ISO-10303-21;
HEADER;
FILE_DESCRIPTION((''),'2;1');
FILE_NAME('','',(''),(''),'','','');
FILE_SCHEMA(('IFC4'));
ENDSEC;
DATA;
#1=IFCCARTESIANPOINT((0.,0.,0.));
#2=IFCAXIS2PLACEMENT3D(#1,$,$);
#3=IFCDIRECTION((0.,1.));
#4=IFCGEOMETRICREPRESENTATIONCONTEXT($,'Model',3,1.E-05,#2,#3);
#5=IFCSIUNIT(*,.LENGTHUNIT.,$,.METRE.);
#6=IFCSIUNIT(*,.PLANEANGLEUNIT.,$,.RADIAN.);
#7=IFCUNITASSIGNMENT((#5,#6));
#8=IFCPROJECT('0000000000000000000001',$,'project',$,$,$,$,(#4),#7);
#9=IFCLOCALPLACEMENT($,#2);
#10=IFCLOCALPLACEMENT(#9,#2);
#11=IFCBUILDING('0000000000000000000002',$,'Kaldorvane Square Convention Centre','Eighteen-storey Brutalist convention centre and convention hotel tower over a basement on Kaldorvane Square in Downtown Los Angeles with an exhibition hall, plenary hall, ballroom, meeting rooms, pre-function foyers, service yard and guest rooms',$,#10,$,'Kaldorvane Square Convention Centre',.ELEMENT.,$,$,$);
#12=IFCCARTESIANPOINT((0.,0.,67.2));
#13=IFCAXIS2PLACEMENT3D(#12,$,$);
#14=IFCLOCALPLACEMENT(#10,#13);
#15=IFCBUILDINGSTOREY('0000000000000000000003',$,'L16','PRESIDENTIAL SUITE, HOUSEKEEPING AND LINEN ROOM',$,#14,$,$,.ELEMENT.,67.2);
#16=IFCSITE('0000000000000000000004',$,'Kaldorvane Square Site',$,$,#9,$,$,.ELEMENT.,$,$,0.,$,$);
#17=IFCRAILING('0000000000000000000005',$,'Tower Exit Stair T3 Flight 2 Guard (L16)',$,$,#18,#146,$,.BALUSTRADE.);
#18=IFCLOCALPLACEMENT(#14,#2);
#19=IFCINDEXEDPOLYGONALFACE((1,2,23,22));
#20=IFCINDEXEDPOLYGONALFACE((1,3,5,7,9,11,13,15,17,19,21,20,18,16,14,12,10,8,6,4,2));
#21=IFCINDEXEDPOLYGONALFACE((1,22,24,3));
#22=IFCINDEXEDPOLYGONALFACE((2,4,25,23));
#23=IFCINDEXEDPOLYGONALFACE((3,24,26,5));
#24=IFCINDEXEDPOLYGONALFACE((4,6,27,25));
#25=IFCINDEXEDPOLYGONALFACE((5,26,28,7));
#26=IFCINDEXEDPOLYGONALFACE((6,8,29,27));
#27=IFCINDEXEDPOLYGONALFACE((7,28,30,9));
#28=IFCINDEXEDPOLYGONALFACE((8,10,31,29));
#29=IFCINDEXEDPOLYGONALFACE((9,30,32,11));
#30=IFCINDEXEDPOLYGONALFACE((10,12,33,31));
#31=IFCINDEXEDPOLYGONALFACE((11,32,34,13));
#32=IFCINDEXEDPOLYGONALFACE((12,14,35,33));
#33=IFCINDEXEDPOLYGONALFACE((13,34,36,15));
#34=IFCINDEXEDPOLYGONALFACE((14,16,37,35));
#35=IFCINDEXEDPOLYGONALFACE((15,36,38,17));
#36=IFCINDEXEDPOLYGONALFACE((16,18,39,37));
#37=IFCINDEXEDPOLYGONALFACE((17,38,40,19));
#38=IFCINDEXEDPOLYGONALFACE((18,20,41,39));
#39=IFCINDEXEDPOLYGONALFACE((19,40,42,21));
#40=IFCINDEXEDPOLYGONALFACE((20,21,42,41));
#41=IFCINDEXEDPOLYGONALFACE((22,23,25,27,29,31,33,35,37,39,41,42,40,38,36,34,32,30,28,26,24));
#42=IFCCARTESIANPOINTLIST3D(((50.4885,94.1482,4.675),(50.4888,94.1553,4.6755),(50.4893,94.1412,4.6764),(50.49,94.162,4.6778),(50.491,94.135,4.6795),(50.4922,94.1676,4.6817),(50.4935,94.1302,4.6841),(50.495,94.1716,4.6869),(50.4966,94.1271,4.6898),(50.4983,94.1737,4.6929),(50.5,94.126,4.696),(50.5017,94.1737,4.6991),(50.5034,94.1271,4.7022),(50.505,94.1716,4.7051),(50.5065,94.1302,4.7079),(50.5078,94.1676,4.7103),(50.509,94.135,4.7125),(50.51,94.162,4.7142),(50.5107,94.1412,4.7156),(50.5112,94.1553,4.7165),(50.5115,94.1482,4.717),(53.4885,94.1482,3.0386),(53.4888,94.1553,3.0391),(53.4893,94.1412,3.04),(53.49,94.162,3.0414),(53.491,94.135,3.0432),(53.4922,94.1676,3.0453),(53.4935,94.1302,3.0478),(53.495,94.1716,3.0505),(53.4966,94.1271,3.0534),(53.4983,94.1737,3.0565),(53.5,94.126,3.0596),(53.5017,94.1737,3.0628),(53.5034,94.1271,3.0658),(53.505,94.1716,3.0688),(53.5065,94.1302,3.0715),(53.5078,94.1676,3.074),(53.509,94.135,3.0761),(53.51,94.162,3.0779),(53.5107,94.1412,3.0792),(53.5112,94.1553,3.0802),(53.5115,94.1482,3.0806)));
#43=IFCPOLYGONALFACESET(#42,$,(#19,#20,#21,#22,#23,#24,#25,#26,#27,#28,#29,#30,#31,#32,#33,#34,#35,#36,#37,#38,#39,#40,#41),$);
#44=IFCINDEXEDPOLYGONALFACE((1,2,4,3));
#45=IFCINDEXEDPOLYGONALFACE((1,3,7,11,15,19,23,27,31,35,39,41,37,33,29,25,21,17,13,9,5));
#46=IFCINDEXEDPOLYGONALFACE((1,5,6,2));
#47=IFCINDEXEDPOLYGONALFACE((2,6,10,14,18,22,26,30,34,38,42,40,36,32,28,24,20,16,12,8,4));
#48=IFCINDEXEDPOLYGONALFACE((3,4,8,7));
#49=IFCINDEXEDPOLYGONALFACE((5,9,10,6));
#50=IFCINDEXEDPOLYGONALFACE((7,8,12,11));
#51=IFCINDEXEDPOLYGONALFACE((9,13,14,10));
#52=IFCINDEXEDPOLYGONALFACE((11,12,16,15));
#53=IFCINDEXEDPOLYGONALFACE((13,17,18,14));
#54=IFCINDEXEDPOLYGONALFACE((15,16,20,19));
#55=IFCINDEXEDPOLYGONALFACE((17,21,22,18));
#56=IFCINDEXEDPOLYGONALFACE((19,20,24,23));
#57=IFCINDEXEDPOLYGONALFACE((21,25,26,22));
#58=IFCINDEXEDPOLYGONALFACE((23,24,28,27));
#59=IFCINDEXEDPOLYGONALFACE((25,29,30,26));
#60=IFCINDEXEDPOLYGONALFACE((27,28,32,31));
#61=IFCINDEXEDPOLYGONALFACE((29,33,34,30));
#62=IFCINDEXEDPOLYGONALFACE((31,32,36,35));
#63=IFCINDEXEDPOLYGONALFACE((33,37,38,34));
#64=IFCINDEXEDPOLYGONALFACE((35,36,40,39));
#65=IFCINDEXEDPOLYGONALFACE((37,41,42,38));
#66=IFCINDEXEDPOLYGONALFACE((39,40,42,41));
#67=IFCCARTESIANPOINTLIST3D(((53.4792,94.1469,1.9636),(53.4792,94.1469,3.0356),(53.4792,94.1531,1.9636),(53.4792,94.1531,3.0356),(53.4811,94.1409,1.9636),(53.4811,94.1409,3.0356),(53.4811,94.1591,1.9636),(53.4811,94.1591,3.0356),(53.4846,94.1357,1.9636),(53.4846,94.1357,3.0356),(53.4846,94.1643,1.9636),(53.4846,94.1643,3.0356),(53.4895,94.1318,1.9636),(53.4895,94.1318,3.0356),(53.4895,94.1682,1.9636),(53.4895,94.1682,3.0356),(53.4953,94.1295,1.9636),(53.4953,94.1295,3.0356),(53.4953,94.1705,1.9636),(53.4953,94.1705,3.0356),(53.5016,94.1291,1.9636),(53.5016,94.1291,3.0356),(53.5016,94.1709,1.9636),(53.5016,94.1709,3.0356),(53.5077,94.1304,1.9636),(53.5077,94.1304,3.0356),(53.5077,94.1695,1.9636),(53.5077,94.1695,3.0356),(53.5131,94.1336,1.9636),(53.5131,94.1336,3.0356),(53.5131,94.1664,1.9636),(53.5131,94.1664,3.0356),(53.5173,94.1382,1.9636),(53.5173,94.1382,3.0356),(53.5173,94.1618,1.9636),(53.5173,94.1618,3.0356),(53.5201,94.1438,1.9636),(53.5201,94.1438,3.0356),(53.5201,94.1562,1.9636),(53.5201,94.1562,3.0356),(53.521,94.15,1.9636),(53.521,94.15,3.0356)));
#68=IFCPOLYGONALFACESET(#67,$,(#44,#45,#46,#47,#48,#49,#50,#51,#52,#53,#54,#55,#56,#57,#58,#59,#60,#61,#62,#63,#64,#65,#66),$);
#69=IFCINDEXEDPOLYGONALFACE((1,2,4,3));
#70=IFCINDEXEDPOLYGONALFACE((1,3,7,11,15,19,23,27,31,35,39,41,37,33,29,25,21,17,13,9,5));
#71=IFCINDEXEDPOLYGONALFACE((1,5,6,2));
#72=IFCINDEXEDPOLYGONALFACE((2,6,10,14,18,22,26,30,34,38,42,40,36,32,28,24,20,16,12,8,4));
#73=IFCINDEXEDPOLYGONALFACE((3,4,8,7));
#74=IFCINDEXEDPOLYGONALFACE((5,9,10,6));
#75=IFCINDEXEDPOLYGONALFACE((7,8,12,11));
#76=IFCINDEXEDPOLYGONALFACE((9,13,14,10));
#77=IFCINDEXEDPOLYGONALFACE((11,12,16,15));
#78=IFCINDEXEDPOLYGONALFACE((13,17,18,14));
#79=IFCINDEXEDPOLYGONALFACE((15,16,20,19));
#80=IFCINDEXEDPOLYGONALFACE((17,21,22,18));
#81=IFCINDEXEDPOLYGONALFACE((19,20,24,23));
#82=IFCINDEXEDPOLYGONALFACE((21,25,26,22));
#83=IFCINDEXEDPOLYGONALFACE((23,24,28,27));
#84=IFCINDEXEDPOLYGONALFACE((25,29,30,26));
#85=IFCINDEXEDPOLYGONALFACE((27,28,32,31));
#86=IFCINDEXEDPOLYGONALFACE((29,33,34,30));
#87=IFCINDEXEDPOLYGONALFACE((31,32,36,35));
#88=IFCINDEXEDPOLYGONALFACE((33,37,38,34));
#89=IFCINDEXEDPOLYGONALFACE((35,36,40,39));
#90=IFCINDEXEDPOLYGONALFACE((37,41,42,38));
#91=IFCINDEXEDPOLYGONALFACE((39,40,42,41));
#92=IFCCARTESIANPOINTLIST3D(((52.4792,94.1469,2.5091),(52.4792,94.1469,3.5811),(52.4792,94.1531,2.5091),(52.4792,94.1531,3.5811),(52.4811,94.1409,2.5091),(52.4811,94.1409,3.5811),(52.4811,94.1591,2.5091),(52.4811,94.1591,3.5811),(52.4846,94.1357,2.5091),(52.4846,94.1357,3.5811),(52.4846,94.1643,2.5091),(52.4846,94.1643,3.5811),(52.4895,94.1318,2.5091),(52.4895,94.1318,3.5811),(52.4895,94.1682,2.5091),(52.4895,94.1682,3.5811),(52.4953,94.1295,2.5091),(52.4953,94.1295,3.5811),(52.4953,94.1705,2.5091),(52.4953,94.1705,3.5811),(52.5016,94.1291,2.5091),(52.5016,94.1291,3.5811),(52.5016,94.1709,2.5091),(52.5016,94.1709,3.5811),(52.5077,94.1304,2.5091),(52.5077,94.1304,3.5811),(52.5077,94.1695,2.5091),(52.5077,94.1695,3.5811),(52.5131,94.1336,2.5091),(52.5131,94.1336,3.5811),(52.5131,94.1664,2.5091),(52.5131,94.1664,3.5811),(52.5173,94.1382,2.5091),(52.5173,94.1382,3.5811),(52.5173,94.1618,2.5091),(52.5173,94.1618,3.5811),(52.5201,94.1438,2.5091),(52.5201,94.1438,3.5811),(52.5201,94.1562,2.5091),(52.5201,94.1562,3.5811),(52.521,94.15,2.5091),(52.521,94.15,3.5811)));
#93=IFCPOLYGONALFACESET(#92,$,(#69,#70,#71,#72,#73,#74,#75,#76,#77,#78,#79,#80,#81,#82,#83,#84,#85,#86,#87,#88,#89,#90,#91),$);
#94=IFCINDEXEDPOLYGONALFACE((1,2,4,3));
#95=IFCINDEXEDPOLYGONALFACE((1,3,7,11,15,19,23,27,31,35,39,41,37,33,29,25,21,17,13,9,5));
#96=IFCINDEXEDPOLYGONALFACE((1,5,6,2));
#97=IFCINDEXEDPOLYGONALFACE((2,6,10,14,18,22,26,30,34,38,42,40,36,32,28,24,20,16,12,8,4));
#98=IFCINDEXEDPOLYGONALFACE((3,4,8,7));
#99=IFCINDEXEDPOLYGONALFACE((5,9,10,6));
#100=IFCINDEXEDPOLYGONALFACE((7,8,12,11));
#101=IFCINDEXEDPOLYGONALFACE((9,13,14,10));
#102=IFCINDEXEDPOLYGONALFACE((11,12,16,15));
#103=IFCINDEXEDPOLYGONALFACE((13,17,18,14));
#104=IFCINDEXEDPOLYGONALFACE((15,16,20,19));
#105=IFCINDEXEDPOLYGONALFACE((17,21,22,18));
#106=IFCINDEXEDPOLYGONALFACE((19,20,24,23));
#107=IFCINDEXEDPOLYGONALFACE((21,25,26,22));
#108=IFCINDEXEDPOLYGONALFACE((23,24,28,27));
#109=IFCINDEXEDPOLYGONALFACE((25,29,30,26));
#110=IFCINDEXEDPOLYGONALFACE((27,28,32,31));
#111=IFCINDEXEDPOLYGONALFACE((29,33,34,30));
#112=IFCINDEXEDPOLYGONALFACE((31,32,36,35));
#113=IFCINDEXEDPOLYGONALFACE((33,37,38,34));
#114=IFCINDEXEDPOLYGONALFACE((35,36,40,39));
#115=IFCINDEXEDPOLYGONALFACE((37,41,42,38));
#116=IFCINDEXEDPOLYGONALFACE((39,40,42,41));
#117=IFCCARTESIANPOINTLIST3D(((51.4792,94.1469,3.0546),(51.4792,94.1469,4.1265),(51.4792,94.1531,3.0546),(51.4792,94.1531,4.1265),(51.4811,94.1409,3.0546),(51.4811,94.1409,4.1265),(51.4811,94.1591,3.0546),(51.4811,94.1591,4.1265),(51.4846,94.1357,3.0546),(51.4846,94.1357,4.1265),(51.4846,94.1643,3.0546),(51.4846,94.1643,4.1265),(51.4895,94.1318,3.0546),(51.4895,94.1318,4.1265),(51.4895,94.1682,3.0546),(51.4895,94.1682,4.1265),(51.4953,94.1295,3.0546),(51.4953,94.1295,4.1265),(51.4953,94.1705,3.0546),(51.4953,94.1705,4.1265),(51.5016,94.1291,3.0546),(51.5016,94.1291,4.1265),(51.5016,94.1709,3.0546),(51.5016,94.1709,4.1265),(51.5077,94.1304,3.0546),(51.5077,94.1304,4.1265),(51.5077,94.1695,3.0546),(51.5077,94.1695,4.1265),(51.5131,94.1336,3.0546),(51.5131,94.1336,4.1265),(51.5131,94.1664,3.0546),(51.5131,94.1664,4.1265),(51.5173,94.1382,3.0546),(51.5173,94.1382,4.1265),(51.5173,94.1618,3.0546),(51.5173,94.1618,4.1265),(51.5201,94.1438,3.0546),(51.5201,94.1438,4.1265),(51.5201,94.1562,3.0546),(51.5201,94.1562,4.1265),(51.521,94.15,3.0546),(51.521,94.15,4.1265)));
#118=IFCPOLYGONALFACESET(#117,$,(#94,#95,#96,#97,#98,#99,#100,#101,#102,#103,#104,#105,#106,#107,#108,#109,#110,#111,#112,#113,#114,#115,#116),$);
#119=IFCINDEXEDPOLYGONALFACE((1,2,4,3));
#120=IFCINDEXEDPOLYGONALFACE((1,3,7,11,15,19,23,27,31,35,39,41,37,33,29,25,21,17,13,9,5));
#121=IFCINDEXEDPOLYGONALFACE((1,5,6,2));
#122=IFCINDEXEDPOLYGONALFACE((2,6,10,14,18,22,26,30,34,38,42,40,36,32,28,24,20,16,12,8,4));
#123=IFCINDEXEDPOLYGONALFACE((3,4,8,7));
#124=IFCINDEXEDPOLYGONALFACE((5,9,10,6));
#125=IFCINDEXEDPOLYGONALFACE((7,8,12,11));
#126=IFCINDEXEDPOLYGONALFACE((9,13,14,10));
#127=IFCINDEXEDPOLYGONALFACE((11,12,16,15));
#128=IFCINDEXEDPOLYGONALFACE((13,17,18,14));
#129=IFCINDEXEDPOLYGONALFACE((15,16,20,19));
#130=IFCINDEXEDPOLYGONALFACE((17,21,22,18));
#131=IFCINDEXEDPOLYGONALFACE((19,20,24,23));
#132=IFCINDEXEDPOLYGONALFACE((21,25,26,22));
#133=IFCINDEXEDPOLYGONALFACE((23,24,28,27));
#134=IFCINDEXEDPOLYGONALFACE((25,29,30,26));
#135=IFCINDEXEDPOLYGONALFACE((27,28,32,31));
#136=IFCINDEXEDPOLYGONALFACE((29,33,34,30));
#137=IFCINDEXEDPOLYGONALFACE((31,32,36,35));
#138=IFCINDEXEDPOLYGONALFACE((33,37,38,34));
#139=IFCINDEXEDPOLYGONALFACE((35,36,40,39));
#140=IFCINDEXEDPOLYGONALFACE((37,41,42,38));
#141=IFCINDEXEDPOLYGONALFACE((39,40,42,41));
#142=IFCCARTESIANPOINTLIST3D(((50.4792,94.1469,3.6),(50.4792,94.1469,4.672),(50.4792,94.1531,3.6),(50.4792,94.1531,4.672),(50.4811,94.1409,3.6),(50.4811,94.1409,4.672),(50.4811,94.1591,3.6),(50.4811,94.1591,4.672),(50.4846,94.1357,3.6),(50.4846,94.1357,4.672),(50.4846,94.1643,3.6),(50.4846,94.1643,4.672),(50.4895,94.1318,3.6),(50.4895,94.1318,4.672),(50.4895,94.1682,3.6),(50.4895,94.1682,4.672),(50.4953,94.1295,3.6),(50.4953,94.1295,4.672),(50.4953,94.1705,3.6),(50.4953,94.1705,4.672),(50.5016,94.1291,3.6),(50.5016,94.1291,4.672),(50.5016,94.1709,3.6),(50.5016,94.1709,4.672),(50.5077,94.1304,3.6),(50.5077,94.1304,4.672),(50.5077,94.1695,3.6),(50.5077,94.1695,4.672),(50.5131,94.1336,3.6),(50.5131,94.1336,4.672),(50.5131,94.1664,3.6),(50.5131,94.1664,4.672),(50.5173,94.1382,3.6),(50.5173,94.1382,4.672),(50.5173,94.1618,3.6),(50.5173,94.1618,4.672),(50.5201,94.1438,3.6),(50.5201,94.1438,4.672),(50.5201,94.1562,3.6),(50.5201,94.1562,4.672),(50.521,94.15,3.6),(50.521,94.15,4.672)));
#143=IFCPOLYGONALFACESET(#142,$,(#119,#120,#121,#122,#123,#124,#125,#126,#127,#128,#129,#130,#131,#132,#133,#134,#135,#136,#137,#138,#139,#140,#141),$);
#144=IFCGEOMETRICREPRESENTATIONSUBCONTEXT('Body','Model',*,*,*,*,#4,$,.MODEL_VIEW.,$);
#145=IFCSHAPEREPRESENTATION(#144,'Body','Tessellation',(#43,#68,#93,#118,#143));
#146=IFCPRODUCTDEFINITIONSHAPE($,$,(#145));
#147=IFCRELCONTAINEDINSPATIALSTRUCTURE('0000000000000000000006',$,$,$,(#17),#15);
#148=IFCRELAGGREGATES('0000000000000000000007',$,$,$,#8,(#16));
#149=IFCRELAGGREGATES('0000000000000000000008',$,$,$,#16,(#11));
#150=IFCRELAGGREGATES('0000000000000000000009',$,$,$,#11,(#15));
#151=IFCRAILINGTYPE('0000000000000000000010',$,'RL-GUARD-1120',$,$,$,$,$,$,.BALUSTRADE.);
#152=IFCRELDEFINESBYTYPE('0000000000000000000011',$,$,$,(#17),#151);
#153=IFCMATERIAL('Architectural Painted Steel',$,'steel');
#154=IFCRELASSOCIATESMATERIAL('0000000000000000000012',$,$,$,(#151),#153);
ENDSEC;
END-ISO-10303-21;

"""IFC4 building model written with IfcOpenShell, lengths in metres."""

from ifc_helpers import new_model, si_unit, direction, frame, origin, origin_2d, place, context, subcontext, project, spatial, circle, extrude, material, type_object, element, save


model = new_model("IFC4")

# Units and contexts
model_context = context("Model", 3, precision=1e-05, world=origin(), true_north=direction((0.0, 1.0)))
body_context = subcontext(model_context, "Body", "Model", "MODEL_VIEW")
ifc_project = project(units=[si_unit("LENGTHUNIT", "METRE"), si_unit("PLANEANGLEUNIT", "RADIAN")], contexts=[model_context])

# Site, building, storey
site_placement = place(None, origin())
site = spatial("IfcSite", under=ifc_project, at=site_placement, Name="Kaldorvane Square Site", CompositionType="ELEMENT", RefElevation=0.0)
building_placement = place(site_placement, origin())
building = spatial("IfcBuilding", under=site, at=building_placement, Name="Kaldorvane Square Convention Centre", Description="Eighteen-storey Brutalist convention centre and convention hotel tower over a basement on Kaldorvane Square in Downtown Los Angeles with an exhibition hall, plenary hall, ballroom, meeting rooms, pre-function foyers, service yard and guest rooms", LongName="Kaldorvane Square Convention Centre", CompositionType="ELEMENT")
storey_placement = place(building_placement, frame((0.0, 0.0, 67.2)))
storey = spatial("IfcBuildingStorey", under=building, at=storey_placement, Name="L16", Description="PRESIDENTIAL SUITE, HOUSEKEEPING AND LINEN ROOM", CompositionType="ELEMENT", Elevation=67.2)

# Railing
ifc_material_1 = material(Name="Architectural Painted Steel", Category="steel")
railing_type_1 = type_object("IfcRailingType", Name="RL-GUARD-1120", PredefinedType="BALUSTRADE", material=ifc_material_1)
railing_1_placement = place(storey_placement, frame((53.5, 94.15, 1.9636)))
element("IfcRailing", 1, at=railing_1_placement, inside=storey, type_object=railing_type_1, Name="Tower Exit Stair T3 Flight 2 Guard (L16)", PredefinedType="BALUSTRADE", context=body_context, shape_type="SweptSolid", body=[
    extrude(circle(Radius=0.024, at=origin_2d()), frame((0.0, 0.0, 1.096), z_axis=(-0.877895, 0.0, 0.478853), x_axis=(0.0, -1.0, 0.0)), (0.0, 0.0, 1.0), 3.4173),
    extrude(circle(Radius=0.021, at=origin_2d()), origin(), (0.0, 0.0, 1.0), 1.072),
    extrude(circle(Radius=0.021, at=origin_2d()), frame((-1.0, 0.0, 0.5455)), (0.0, 0.0, 1.0), 1.072),
    extrude(circle(Radius=0.021, at=origin_2d()), frame((-2.0, 0.0, 1.0909)), (0.0, 0.0, 1.0), 1.072),
    extrude(circle(Radius=0.021, at=origin_2d()), frame((-3.0, 0.0, 1.6364)), (0.0, 0.0, 1.0), 1.072),
])

save(model, "model.ifc")
